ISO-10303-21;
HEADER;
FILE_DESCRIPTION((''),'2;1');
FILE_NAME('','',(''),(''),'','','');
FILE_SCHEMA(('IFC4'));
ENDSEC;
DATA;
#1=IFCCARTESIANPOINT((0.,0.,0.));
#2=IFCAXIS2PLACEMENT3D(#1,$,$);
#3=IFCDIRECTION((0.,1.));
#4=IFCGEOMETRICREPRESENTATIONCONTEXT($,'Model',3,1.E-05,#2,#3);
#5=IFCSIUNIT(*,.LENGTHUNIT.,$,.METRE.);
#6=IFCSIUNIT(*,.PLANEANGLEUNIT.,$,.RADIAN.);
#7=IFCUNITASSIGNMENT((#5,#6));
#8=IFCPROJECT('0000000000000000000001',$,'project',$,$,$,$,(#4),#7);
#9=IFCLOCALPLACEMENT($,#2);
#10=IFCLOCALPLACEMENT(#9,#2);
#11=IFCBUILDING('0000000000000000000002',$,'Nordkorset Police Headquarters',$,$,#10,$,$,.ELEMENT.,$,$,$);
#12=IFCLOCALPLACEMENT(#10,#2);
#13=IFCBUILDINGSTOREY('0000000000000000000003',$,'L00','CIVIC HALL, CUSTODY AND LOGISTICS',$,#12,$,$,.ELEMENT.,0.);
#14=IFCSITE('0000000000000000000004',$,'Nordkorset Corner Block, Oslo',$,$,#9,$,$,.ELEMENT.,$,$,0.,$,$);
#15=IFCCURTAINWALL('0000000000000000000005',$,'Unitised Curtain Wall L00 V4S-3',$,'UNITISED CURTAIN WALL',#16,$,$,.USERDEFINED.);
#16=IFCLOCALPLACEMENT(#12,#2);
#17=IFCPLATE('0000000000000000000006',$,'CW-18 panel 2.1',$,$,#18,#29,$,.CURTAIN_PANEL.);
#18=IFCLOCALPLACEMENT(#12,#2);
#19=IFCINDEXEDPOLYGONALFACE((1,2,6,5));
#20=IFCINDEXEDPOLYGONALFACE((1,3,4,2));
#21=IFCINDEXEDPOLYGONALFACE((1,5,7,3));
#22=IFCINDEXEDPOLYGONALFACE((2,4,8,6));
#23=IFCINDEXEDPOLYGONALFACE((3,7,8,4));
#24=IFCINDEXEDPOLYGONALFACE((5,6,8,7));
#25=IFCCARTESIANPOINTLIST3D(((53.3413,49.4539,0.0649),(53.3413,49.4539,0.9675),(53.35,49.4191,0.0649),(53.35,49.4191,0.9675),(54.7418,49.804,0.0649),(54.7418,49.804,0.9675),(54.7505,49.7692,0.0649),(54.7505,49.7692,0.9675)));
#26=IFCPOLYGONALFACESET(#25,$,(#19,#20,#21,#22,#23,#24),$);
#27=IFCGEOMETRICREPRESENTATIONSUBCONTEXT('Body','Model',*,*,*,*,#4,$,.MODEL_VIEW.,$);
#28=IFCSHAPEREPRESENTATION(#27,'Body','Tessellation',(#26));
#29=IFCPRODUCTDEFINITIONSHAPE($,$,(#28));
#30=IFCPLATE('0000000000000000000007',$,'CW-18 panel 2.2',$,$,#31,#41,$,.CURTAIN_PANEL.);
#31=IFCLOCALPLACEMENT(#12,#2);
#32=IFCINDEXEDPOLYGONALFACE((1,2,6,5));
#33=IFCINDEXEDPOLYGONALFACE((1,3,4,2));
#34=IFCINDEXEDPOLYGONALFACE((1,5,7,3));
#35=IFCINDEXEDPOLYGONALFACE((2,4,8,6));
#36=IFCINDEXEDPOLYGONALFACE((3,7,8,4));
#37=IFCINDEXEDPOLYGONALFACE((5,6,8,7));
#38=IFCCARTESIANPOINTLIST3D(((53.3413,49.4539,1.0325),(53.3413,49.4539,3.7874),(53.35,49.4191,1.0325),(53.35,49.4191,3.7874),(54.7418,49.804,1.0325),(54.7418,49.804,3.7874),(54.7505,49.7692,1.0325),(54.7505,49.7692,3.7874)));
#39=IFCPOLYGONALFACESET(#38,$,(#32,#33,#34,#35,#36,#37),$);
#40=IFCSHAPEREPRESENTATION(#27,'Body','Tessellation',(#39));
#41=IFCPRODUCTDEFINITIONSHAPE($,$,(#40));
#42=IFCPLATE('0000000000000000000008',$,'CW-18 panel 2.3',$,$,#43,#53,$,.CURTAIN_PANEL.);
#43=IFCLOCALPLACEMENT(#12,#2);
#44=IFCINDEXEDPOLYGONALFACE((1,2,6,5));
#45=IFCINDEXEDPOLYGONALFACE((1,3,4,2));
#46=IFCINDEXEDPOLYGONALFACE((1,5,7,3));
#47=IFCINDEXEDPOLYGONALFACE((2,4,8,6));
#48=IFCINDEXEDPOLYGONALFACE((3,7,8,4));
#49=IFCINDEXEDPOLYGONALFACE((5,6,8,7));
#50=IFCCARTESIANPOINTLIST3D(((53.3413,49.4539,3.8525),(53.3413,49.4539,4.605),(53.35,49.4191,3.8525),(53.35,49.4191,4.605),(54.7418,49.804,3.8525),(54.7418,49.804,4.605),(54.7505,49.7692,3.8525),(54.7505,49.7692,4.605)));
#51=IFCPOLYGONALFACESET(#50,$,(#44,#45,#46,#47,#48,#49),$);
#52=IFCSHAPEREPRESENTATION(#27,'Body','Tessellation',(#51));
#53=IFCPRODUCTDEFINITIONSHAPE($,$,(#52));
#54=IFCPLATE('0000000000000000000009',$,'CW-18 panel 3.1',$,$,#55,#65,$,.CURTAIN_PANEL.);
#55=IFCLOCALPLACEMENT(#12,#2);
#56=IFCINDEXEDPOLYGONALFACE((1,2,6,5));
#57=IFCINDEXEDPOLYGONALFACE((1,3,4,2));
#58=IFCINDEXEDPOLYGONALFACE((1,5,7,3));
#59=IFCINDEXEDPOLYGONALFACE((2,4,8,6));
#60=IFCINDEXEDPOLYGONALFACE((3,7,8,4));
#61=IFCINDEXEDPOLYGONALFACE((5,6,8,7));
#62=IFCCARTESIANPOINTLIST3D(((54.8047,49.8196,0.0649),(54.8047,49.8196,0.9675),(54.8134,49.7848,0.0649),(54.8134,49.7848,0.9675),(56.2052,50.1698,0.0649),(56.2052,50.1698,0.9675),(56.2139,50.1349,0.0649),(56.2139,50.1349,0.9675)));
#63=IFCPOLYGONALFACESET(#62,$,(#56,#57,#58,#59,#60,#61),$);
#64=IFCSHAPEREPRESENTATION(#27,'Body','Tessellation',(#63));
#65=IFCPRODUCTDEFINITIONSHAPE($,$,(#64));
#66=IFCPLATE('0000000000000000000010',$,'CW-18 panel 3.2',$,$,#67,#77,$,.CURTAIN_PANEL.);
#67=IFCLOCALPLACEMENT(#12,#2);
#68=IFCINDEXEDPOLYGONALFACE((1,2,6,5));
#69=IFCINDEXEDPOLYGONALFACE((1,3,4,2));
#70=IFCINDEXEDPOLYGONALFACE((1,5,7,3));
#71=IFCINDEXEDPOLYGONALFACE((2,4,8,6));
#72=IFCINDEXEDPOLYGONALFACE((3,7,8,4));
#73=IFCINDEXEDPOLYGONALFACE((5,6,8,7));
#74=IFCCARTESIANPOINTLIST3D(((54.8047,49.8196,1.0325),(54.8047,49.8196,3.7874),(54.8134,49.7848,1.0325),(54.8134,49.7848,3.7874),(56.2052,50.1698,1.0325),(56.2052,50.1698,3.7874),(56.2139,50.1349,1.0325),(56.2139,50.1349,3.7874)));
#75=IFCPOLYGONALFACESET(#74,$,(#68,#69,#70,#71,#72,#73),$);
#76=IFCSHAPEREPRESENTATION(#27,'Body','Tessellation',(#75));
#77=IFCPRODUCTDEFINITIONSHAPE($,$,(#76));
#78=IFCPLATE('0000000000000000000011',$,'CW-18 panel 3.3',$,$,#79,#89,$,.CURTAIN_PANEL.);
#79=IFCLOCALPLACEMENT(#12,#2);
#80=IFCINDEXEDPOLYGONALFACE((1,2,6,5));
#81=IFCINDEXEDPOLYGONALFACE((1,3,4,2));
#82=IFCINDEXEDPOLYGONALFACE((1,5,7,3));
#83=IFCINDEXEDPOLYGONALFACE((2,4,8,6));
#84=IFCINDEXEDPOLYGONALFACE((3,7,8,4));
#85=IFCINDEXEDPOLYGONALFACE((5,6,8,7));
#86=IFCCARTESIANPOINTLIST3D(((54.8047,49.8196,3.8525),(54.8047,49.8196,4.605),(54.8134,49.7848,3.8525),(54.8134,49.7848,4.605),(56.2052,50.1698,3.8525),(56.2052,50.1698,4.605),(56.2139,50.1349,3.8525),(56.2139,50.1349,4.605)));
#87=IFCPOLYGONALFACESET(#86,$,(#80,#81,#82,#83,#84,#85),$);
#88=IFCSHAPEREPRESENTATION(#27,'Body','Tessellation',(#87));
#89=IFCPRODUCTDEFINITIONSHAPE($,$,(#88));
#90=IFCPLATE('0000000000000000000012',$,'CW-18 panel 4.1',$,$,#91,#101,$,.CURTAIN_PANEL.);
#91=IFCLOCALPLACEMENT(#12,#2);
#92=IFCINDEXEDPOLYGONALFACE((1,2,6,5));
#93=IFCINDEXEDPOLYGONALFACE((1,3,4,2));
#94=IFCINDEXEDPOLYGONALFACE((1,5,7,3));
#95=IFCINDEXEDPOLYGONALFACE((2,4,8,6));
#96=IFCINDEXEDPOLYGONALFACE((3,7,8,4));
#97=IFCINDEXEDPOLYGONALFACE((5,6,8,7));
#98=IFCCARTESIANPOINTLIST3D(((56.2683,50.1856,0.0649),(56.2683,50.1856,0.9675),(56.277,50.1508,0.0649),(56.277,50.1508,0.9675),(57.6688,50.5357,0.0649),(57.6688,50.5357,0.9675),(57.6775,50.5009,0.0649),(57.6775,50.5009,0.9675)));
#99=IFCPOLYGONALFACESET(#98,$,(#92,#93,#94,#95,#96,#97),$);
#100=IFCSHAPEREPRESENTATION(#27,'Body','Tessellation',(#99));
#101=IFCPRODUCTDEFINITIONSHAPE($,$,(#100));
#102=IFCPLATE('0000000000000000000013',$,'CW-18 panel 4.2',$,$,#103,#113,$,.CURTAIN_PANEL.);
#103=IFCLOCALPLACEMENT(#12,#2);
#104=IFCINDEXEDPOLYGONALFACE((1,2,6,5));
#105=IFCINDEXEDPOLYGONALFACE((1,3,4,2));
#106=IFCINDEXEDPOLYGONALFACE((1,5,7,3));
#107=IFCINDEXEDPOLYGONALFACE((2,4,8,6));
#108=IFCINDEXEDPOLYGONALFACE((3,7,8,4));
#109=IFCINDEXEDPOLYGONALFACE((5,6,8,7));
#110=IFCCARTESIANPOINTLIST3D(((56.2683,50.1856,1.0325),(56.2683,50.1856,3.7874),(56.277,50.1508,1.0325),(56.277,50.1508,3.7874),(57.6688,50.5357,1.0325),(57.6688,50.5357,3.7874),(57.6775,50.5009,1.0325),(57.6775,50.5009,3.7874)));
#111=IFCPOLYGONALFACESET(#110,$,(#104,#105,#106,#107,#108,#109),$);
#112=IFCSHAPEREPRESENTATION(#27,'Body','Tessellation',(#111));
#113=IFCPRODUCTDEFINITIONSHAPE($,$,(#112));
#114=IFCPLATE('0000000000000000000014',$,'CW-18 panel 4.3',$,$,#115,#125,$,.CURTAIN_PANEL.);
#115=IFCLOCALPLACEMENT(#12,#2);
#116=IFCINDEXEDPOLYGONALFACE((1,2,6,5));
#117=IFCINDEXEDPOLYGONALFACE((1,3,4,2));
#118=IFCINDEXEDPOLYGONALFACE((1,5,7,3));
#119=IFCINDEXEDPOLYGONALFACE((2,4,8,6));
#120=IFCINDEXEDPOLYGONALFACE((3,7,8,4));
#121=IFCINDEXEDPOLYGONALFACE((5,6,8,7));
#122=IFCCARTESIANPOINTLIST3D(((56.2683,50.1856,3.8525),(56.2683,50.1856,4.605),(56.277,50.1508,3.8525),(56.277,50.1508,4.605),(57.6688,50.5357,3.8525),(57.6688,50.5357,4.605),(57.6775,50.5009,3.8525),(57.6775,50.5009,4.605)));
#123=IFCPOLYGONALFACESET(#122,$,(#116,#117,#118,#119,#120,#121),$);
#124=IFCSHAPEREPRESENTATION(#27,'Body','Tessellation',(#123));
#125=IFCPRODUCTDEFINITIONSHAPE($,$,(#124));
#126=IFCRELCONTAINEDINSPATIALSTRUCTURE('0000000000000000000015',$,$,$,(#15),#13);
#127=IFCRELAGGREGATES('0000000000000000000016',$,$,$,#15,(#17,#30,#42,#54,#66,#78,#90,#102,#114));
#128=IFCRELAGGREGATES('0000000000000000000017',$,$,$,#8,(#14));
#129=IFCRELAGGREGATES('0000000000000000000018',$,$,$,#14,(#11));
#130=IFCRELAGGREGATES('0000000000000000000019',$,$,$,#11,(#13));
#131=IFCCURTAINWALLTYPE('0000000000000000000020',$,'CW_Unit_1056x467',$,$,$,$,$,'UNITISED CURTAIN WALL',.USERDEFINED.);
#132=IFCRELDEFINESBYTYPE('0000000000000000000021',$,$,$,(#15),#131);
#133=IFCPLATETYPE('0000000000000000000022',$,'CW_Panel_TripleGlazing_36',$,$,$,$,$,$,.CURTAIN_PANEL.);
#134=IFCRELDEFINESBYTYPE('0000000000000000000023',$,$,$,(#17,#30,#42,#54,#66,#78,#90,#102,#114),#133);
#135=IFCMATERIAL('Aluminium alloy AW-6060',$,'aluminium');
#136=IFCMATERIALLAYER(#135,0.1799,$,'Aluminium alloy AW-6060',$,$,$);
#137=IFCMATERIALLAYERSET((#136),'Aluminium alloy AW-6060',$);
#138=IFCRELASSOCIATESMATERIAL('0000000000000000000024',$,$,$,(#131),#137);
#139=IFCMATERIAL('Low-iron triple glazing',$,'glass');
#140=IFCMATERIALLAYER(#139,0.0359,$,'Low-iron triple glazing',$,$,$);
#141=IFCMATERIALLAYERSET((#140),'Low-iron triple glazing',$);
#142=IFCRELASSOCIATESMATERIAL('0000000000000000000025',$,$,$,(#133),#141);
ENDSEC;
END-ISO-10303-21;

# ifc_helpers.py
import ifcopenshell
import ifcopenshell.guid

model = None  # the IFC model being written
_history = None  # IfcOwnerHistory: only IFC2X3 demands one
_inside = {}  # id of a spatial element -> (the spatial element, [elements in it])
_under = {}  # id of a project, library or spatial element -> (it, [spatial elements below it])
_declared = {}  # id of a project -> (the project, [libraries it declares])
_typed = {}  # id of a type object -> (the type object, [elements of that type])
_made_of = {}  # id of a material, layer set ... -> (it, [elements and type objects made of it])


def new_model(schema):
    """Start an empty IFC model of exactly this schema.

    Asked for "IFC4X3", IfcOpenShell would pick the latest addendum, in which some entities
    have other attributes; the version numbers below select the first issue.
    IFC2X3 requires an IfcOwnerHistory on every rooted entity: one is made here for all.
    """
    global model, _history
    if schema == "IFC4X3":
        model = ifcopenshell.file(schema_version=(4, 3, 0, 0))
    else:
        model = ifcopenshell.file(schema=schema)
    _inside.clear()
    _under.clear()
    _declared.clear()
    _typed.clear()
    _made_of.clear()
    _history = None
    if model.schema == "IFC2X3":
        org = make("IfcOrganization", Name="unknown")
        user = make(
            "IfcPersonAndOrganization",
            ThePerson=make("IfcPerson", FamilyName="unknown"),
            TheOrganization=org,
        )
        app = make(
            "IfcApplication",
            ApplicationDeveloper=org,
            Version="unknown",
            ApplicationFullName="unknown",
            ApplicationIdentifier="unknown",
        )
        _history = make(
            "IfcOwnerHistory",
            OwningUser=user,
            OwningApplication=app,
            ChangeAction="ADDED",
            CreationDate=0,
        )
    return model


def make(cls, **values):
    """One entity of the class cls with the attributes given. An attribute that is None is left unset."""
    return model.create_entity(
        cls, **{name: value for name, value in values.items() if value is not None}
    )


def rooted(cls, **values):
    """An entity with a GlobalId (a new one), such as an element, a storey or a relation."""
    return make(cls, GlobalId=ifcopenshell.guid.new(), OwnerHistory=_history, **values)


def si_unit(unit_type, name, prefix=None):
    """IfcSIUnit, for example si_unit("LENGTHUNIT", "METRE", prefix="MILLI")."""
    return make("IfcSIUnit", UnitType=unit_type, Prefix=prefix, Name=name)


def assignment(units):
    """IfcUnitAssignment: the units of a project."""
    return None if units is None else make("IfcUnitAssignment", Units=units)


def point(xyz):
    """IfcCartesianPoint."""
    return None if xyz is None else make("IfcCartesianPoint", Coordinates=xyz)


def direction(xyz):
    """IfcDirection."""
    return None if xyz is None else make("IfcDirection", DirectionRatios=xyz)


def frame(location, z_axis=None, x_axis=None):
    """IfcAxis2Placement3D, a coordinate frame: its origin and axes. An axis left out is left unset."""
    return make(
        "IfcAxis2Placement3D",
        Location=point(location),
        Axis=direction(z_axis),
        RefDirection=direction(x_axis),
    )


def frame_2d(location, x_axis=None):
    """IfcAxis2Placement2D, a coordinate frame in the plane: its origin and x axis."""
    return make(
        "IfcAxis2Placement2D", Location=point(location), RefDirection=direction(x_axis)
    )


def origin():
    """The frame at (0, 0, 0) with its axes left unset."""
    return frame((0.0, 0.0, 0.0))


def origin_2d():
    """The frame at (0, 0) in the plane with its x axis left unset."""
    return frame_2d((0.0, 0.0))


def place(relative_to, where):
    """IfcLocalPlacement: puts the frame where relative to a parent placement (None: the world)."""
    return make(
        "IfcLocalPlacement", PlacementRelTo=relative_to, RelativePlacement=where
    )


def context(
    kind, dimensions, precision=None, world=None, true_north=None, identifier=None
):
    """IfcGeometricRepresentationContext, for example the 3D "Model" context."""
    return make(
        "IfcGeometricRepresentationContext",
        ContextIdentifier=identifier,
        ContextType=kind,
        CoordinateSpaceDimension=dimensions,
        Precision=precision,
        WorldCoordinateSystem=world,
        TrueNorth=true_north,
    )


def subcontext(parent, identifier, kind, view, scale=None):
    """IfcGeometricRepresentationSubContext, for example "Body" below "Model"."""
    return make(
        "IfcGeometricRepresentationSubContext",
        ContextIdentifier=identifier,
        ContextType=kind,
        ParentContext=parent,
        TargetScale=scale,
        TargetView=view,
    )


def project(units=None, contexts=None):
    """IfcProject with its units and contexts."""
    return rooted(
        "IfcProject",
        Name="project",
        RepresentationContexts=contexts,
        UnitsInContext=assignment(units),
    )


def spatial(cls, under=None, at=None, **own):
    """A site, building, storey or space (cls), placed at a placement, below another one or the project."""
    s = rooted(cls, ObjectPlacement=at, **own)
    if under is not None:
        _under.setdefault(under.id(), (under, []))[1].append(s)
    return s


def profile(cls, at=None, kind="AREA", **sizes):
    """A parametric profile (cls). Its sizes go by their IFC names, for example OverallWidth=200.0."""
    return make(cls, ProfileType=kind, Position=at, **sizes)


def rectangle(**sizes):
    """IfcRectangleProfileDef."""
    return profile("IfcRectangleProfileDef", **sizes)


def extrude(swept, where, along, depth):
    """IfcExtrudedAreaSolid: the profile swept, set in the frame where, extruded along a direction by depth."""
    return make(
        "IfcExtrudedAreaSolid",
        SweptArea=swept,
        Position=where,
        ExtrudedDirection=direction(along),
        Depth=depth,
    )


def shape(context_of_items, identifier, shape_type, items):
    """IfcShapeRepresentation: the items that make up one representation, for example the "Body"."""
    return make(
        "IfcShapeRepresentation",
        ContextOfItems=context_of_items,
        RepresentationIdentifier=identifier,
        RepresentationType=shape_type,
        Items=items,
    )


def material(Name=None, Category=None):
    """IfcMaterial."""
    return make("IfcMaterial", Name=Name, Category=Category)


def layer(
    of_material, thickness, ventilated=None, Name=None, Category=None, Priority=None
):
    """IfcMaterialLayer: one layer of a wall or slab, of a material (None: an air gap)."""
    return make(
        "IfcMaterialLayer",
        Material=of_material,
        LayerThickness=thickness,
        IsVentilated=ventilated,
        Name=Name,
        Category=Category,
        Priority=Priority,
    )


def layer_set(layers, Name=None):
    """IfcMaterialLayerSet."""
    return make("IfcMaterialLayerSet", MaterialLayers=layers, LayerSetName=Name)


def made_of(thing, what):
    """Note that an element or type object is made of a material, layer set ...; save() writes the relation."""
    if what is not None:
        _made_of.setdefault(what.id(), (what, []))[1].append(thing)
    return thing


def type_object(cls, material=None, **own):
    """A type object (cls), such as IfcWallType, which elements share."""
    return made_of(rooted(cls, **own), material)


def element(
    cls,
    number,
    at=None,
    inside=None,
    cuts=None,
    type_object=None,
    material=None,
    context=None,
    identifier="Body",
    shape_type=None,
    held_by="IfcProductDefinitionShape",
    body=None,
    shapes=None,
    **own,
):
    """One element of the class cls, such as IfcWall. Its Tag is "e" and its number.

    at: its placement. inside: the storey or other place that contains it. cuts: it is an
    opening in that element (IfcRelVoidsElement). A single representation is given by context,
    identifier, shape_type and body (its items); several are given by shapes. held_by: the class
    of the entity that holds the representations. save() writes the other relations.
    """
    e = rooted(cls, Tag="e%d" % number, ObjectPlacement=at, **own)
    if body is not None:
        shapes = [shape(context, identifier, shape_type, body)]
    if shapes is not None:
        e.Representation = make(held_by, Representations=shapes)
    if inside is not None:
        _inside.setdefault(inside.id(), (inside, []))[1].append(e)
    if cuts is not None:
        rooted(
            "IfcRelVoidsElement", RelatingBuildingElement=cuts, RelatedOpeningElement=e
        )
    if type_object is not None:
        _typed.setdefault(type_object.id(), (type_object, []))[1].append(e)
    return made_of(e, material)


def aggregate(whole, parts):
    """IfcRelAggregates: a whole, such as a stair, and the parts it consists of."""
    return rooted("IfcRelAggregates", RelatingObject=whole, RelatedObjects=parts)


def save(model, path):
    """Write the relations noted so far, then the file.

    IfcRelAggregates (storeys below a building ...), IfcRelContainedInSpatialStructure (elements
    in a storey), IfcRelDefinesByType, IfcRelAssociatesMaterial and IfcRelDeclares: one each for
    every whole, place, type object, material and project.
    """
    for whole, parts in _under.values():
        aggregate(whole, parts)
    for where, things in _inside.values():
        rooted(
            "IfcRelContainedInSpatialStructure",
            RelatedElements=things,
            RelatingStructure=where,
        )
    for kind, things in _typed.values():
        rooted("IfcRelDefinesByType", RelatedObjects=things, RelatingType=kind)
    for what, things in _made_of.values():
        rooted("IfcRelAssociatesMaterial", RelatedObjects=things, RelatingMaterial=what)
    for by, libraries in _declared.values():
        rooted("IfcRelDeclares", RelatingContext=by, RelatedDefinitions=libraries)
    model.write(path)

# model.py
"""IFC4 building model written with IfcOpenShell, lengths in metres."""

from ifc_helpers import new_model, si_unit, direction, frame, origin, origin_2d, place, context, subcontext, project, spatial, rectangle, extrude, material, layer, layer_set, type_object, element, aggregate, save


model = new_model("IFC4")

# Units and contexts
model_context = context("Model", 3, precision=1e-05, world=origin(), true_north=direction((0.0, 1.0)))
body_context = subcontext(model_context, "Body", "Model", "MODEL_VIEW")
ifc_project = project(units=[si_unit("LENGTHUNIT", "METRE"), si_unit("PLANEANGLEUNIT", "RADIAN")], contexts=[model_context])

# Site, building, storey
site_placement = place(None, origin())
site = spatial("IfcSite", under=ifc_project, at=site_placement, Name="Nordkorset Corner Block, Oslo", CompositionType="ELEMENT", RefElevation=0.0)
building_placement = place(site_placement, origin())
building = spatial("IfcBuilding", under=site, at=building_placement, Name="Nordkorset Police Headquarters", CompositionType="ELEMENT")
storey_placement = place(building_placement, origin())
storey = spatial("IfcBuildingStorey", under=building, at=storey_placement, Name="L00", Description="CIVIC HALL, CUSTODY AND LOGISTICS", CompositionType="ELEMENT", Elevation=0.0)

# Curtain wall, plates
ifc_material_1 = material(Name="Aluminium alloy AW-6060", Category="aluminium")
ifc_layer_1 = layer(ifc_material_1, 0.1799, Name="Aluminium alloy AW-6060")
ifc_layer_set_1 = layer_set([ifc_layer_1], Name="Aluminium alloy AW-6060")
curtain_wall_type = type_object("IfcCurtainWallType", Name="CW_Unit_1056x467", ElementType="UNITISED CURTAIN WALL", PredefinedType="USERDEFINED", material=ifc_layer_set_1)
curtain_wall_placement = place(storey_placement, origin())
curtain_wall = element("IfcCurtainWall", 1, at=curtain_wall_placement, inside=storey, type_object=curtain_wall_type, Name="Unitised Curtain Wall L00 V4S-3", ObjectType="UNITISED CURTAIN WALL", PredefinedType="USERDEFINED")
ifc_material_2 = material(Name="Low-iron triple glazing", Category="glass")
ifc_layer_2 = layer(ifc_material_2, 0.0359, Name="Low-iron triple glazing")
ifc_layer_set_2 = layer_set([ifc_layer_2], Name="Low-iron triple glazing")
plate_type = type_object("IfcPlateType", Name="CW_Panel_TripleGlazing_36", PredefinedType="CURTAIN_PANEL", material=ifc_layer_set_2)
plate_1_placement = place(storey_placement, frame((54.0459, 49.6116, 0.0649), z_axis=(0.0, 0.0, 1.0), x_axis=(0.970143, 0.242535, 0.0)))
plate_1 = element("IfcPlate", 2, at=plate_1_placement, type_object=plate_type, Name="CW-18 panel 2.1", PredefinedType="CURTAIN_PANEL", context=body_context, shape_type="SweptSolid", body=[
    extrude(rectangle(XDim=1.4436, YDim=0.0359, at=origin_2d()), origin(), (0.0, 0.0, 1.0), 0.9026),
])
plate_2_placement = place(storey_placement, frame((54.0459, 49.6116, 1.0325), z_axis=(0.0, 0.0, 1.0), x_axis=(0.970143, 0.242535, 0.0)))
plate_2 = element("IfcPlate", 3, at=plate_2_placement, type_object=plate_type, Name="CW-18 panel 2.2", PredefinedType="CURTAIN_PANEL", context=body_context, shape_type="SweptSolid", body=[
    extrude(rectangle(XDim=1.4436, YDim=0.0359, at=origin_2d()), origin(), (0.0, 0.0, 1.0), 2.7549),
])
plate_3_placement = place(storey_placement, frame((54.0459, 49.6116, 3.8525), z_axis=(0.0, 0.0, 1.0), x_axis=(0.970143, 0.242535, 0.0)))
plate_3 = element("IfcPlate", 4, at=plate_3_placement, type_object=plate_type, Name="CW-18 panel 2.3", PredefinedType="CURTAIN_PANEL", context=body_context, shape_type="SweptSolid", body=[
    extrude(rectangle(XDim=1.4436, YDim=0.0359, at=origin_2d()), origin(), (0.0, 0.0, 1.0), 0.7524),
])
plate_4_placement = place(storey_placement, frame((55.5093, 49.9773, 0.0649), z_axis=(0.0, 0.0, 1.0), x_axis=(0.970143, 0.242535, 0.0)))
plate_4 = element("IfcPlate", 5, at=plate_4_placement, type_object=plate_type, Name="CW-18 panel 3.1", PredefinedType="CURTAIN_PANEL", context=body_context, shape_type="SweptSolid", body=[
    extrude(rectangle(XDim=1.4436, YDim=0.0359, at=origin_2d()), origin(), (0.0, 0.0, 1.0), 0.9026),
])
plate_5_placement = place(storey_placement, frame((55.5093, 49.9773, 1.0325), z_axis=(0.0, 0.0, 1.0), x_axis=(0.970143, 0.242535, 0.0)))
plate_5 = element("IfcPlate", 6, at=plate_5_placement, type_object=plate_type, Name="CW-18 panel 3.2", PredefinedType="CURTAIN_PANEL", context=body_context, shape_type="SweptSolid", body=[
    extrude(rectangle(XDim=1.4436, YDim=0.0359, at=origin_2d()), origin(), (0.0, 0.0, 1.0), 2.7549),
])
plate_6_placement = place(storey_placement, frame((55.5093, 49.9773, 3.8525), z_axis=(0.0, 0.0, 1.0), x_axis=(0.970143, 0.242535, 0.0)))
plate_6 = element("IfcPlate", 7, at=plate_6_placement, type_object=plate_type, Name="CW-18 panel 3.3", PredefinedType="CURTAIN_PANEL", context=body_context, shape_type="SweptSolid", body=[
    extrude(rectangle(XDim=1.4436, YDim=0.0359, at=origin_2d()), origin(), (0.0, 0.0, 1.0), 0.7524),
])
plate_7_placement = place(storey_placement, frame((56.9729, 50.3433, 0.0649), z_axis=(0.0, 0.0, 1.0), x_axis=(0.970143, 0.242535, 0.0)))
plate_7 = element("IfcPlate", 8, at=plate_7_placement, type_object=plate_type, Name="CW-18 panel 4.1", PredefinedType="CURTAIN_PANEL", context=body_context, shape_type="SweptSolid", body=[
    extrude(rectangle(XDim=1.4436, YDim=0.0359, at=origin_2d()), origin(), (0.0, 0.0, 1.0), 0.9026),
])
plate_8_placement = place(storey_placement, frame((56.9729, 50.3433, 1.0325), z_axis=(0.0, 0.0, 1.0), x_axis=(0.970143, 0.242535, 0.0)))
plate_8 = element("IfcPlate", 9, at=plate_8_placement, type_object=plate_type, Name="CW-18 panel 4.2", PredefinedType="CURTAIN_PANEL", context=body_context, shape_type="SweptSolid", body=[
    extrude(rectangle(XDim=1.4436, YDim=0.0359, at=origin_2d()), origin(), (0.0, 0.0, 1.0), 2.7549),
])
plate_9_placement = place(storey_placement, frame((56.9729, 50.3433, 3.8525), z_axis=(0.0, 0.0, 1.0), x_axis=(0.970143, 0.242535, 0.0)))
plate_9 = element("IfcPlate", 10, at=plate_9_placement, type_object=plate_type, Name="CW-18 panel 4.3", PredefinedType="CURTAIN_PANEL", context=body_context, shape_type="SweptSolid", body=[
    extrude(rectangle(XDim=1.4436, YDim=0.0359, at=origin_2d()), origin(), (0.0, 0.0, 1.0), 0.7524),
])
aggregate(curtain_wall, [plate_1, plate_2, plate_3, plate_4, plate_5, plate_6, plate_7, plate_8, plate_9])

save(model, "model.ifc")
